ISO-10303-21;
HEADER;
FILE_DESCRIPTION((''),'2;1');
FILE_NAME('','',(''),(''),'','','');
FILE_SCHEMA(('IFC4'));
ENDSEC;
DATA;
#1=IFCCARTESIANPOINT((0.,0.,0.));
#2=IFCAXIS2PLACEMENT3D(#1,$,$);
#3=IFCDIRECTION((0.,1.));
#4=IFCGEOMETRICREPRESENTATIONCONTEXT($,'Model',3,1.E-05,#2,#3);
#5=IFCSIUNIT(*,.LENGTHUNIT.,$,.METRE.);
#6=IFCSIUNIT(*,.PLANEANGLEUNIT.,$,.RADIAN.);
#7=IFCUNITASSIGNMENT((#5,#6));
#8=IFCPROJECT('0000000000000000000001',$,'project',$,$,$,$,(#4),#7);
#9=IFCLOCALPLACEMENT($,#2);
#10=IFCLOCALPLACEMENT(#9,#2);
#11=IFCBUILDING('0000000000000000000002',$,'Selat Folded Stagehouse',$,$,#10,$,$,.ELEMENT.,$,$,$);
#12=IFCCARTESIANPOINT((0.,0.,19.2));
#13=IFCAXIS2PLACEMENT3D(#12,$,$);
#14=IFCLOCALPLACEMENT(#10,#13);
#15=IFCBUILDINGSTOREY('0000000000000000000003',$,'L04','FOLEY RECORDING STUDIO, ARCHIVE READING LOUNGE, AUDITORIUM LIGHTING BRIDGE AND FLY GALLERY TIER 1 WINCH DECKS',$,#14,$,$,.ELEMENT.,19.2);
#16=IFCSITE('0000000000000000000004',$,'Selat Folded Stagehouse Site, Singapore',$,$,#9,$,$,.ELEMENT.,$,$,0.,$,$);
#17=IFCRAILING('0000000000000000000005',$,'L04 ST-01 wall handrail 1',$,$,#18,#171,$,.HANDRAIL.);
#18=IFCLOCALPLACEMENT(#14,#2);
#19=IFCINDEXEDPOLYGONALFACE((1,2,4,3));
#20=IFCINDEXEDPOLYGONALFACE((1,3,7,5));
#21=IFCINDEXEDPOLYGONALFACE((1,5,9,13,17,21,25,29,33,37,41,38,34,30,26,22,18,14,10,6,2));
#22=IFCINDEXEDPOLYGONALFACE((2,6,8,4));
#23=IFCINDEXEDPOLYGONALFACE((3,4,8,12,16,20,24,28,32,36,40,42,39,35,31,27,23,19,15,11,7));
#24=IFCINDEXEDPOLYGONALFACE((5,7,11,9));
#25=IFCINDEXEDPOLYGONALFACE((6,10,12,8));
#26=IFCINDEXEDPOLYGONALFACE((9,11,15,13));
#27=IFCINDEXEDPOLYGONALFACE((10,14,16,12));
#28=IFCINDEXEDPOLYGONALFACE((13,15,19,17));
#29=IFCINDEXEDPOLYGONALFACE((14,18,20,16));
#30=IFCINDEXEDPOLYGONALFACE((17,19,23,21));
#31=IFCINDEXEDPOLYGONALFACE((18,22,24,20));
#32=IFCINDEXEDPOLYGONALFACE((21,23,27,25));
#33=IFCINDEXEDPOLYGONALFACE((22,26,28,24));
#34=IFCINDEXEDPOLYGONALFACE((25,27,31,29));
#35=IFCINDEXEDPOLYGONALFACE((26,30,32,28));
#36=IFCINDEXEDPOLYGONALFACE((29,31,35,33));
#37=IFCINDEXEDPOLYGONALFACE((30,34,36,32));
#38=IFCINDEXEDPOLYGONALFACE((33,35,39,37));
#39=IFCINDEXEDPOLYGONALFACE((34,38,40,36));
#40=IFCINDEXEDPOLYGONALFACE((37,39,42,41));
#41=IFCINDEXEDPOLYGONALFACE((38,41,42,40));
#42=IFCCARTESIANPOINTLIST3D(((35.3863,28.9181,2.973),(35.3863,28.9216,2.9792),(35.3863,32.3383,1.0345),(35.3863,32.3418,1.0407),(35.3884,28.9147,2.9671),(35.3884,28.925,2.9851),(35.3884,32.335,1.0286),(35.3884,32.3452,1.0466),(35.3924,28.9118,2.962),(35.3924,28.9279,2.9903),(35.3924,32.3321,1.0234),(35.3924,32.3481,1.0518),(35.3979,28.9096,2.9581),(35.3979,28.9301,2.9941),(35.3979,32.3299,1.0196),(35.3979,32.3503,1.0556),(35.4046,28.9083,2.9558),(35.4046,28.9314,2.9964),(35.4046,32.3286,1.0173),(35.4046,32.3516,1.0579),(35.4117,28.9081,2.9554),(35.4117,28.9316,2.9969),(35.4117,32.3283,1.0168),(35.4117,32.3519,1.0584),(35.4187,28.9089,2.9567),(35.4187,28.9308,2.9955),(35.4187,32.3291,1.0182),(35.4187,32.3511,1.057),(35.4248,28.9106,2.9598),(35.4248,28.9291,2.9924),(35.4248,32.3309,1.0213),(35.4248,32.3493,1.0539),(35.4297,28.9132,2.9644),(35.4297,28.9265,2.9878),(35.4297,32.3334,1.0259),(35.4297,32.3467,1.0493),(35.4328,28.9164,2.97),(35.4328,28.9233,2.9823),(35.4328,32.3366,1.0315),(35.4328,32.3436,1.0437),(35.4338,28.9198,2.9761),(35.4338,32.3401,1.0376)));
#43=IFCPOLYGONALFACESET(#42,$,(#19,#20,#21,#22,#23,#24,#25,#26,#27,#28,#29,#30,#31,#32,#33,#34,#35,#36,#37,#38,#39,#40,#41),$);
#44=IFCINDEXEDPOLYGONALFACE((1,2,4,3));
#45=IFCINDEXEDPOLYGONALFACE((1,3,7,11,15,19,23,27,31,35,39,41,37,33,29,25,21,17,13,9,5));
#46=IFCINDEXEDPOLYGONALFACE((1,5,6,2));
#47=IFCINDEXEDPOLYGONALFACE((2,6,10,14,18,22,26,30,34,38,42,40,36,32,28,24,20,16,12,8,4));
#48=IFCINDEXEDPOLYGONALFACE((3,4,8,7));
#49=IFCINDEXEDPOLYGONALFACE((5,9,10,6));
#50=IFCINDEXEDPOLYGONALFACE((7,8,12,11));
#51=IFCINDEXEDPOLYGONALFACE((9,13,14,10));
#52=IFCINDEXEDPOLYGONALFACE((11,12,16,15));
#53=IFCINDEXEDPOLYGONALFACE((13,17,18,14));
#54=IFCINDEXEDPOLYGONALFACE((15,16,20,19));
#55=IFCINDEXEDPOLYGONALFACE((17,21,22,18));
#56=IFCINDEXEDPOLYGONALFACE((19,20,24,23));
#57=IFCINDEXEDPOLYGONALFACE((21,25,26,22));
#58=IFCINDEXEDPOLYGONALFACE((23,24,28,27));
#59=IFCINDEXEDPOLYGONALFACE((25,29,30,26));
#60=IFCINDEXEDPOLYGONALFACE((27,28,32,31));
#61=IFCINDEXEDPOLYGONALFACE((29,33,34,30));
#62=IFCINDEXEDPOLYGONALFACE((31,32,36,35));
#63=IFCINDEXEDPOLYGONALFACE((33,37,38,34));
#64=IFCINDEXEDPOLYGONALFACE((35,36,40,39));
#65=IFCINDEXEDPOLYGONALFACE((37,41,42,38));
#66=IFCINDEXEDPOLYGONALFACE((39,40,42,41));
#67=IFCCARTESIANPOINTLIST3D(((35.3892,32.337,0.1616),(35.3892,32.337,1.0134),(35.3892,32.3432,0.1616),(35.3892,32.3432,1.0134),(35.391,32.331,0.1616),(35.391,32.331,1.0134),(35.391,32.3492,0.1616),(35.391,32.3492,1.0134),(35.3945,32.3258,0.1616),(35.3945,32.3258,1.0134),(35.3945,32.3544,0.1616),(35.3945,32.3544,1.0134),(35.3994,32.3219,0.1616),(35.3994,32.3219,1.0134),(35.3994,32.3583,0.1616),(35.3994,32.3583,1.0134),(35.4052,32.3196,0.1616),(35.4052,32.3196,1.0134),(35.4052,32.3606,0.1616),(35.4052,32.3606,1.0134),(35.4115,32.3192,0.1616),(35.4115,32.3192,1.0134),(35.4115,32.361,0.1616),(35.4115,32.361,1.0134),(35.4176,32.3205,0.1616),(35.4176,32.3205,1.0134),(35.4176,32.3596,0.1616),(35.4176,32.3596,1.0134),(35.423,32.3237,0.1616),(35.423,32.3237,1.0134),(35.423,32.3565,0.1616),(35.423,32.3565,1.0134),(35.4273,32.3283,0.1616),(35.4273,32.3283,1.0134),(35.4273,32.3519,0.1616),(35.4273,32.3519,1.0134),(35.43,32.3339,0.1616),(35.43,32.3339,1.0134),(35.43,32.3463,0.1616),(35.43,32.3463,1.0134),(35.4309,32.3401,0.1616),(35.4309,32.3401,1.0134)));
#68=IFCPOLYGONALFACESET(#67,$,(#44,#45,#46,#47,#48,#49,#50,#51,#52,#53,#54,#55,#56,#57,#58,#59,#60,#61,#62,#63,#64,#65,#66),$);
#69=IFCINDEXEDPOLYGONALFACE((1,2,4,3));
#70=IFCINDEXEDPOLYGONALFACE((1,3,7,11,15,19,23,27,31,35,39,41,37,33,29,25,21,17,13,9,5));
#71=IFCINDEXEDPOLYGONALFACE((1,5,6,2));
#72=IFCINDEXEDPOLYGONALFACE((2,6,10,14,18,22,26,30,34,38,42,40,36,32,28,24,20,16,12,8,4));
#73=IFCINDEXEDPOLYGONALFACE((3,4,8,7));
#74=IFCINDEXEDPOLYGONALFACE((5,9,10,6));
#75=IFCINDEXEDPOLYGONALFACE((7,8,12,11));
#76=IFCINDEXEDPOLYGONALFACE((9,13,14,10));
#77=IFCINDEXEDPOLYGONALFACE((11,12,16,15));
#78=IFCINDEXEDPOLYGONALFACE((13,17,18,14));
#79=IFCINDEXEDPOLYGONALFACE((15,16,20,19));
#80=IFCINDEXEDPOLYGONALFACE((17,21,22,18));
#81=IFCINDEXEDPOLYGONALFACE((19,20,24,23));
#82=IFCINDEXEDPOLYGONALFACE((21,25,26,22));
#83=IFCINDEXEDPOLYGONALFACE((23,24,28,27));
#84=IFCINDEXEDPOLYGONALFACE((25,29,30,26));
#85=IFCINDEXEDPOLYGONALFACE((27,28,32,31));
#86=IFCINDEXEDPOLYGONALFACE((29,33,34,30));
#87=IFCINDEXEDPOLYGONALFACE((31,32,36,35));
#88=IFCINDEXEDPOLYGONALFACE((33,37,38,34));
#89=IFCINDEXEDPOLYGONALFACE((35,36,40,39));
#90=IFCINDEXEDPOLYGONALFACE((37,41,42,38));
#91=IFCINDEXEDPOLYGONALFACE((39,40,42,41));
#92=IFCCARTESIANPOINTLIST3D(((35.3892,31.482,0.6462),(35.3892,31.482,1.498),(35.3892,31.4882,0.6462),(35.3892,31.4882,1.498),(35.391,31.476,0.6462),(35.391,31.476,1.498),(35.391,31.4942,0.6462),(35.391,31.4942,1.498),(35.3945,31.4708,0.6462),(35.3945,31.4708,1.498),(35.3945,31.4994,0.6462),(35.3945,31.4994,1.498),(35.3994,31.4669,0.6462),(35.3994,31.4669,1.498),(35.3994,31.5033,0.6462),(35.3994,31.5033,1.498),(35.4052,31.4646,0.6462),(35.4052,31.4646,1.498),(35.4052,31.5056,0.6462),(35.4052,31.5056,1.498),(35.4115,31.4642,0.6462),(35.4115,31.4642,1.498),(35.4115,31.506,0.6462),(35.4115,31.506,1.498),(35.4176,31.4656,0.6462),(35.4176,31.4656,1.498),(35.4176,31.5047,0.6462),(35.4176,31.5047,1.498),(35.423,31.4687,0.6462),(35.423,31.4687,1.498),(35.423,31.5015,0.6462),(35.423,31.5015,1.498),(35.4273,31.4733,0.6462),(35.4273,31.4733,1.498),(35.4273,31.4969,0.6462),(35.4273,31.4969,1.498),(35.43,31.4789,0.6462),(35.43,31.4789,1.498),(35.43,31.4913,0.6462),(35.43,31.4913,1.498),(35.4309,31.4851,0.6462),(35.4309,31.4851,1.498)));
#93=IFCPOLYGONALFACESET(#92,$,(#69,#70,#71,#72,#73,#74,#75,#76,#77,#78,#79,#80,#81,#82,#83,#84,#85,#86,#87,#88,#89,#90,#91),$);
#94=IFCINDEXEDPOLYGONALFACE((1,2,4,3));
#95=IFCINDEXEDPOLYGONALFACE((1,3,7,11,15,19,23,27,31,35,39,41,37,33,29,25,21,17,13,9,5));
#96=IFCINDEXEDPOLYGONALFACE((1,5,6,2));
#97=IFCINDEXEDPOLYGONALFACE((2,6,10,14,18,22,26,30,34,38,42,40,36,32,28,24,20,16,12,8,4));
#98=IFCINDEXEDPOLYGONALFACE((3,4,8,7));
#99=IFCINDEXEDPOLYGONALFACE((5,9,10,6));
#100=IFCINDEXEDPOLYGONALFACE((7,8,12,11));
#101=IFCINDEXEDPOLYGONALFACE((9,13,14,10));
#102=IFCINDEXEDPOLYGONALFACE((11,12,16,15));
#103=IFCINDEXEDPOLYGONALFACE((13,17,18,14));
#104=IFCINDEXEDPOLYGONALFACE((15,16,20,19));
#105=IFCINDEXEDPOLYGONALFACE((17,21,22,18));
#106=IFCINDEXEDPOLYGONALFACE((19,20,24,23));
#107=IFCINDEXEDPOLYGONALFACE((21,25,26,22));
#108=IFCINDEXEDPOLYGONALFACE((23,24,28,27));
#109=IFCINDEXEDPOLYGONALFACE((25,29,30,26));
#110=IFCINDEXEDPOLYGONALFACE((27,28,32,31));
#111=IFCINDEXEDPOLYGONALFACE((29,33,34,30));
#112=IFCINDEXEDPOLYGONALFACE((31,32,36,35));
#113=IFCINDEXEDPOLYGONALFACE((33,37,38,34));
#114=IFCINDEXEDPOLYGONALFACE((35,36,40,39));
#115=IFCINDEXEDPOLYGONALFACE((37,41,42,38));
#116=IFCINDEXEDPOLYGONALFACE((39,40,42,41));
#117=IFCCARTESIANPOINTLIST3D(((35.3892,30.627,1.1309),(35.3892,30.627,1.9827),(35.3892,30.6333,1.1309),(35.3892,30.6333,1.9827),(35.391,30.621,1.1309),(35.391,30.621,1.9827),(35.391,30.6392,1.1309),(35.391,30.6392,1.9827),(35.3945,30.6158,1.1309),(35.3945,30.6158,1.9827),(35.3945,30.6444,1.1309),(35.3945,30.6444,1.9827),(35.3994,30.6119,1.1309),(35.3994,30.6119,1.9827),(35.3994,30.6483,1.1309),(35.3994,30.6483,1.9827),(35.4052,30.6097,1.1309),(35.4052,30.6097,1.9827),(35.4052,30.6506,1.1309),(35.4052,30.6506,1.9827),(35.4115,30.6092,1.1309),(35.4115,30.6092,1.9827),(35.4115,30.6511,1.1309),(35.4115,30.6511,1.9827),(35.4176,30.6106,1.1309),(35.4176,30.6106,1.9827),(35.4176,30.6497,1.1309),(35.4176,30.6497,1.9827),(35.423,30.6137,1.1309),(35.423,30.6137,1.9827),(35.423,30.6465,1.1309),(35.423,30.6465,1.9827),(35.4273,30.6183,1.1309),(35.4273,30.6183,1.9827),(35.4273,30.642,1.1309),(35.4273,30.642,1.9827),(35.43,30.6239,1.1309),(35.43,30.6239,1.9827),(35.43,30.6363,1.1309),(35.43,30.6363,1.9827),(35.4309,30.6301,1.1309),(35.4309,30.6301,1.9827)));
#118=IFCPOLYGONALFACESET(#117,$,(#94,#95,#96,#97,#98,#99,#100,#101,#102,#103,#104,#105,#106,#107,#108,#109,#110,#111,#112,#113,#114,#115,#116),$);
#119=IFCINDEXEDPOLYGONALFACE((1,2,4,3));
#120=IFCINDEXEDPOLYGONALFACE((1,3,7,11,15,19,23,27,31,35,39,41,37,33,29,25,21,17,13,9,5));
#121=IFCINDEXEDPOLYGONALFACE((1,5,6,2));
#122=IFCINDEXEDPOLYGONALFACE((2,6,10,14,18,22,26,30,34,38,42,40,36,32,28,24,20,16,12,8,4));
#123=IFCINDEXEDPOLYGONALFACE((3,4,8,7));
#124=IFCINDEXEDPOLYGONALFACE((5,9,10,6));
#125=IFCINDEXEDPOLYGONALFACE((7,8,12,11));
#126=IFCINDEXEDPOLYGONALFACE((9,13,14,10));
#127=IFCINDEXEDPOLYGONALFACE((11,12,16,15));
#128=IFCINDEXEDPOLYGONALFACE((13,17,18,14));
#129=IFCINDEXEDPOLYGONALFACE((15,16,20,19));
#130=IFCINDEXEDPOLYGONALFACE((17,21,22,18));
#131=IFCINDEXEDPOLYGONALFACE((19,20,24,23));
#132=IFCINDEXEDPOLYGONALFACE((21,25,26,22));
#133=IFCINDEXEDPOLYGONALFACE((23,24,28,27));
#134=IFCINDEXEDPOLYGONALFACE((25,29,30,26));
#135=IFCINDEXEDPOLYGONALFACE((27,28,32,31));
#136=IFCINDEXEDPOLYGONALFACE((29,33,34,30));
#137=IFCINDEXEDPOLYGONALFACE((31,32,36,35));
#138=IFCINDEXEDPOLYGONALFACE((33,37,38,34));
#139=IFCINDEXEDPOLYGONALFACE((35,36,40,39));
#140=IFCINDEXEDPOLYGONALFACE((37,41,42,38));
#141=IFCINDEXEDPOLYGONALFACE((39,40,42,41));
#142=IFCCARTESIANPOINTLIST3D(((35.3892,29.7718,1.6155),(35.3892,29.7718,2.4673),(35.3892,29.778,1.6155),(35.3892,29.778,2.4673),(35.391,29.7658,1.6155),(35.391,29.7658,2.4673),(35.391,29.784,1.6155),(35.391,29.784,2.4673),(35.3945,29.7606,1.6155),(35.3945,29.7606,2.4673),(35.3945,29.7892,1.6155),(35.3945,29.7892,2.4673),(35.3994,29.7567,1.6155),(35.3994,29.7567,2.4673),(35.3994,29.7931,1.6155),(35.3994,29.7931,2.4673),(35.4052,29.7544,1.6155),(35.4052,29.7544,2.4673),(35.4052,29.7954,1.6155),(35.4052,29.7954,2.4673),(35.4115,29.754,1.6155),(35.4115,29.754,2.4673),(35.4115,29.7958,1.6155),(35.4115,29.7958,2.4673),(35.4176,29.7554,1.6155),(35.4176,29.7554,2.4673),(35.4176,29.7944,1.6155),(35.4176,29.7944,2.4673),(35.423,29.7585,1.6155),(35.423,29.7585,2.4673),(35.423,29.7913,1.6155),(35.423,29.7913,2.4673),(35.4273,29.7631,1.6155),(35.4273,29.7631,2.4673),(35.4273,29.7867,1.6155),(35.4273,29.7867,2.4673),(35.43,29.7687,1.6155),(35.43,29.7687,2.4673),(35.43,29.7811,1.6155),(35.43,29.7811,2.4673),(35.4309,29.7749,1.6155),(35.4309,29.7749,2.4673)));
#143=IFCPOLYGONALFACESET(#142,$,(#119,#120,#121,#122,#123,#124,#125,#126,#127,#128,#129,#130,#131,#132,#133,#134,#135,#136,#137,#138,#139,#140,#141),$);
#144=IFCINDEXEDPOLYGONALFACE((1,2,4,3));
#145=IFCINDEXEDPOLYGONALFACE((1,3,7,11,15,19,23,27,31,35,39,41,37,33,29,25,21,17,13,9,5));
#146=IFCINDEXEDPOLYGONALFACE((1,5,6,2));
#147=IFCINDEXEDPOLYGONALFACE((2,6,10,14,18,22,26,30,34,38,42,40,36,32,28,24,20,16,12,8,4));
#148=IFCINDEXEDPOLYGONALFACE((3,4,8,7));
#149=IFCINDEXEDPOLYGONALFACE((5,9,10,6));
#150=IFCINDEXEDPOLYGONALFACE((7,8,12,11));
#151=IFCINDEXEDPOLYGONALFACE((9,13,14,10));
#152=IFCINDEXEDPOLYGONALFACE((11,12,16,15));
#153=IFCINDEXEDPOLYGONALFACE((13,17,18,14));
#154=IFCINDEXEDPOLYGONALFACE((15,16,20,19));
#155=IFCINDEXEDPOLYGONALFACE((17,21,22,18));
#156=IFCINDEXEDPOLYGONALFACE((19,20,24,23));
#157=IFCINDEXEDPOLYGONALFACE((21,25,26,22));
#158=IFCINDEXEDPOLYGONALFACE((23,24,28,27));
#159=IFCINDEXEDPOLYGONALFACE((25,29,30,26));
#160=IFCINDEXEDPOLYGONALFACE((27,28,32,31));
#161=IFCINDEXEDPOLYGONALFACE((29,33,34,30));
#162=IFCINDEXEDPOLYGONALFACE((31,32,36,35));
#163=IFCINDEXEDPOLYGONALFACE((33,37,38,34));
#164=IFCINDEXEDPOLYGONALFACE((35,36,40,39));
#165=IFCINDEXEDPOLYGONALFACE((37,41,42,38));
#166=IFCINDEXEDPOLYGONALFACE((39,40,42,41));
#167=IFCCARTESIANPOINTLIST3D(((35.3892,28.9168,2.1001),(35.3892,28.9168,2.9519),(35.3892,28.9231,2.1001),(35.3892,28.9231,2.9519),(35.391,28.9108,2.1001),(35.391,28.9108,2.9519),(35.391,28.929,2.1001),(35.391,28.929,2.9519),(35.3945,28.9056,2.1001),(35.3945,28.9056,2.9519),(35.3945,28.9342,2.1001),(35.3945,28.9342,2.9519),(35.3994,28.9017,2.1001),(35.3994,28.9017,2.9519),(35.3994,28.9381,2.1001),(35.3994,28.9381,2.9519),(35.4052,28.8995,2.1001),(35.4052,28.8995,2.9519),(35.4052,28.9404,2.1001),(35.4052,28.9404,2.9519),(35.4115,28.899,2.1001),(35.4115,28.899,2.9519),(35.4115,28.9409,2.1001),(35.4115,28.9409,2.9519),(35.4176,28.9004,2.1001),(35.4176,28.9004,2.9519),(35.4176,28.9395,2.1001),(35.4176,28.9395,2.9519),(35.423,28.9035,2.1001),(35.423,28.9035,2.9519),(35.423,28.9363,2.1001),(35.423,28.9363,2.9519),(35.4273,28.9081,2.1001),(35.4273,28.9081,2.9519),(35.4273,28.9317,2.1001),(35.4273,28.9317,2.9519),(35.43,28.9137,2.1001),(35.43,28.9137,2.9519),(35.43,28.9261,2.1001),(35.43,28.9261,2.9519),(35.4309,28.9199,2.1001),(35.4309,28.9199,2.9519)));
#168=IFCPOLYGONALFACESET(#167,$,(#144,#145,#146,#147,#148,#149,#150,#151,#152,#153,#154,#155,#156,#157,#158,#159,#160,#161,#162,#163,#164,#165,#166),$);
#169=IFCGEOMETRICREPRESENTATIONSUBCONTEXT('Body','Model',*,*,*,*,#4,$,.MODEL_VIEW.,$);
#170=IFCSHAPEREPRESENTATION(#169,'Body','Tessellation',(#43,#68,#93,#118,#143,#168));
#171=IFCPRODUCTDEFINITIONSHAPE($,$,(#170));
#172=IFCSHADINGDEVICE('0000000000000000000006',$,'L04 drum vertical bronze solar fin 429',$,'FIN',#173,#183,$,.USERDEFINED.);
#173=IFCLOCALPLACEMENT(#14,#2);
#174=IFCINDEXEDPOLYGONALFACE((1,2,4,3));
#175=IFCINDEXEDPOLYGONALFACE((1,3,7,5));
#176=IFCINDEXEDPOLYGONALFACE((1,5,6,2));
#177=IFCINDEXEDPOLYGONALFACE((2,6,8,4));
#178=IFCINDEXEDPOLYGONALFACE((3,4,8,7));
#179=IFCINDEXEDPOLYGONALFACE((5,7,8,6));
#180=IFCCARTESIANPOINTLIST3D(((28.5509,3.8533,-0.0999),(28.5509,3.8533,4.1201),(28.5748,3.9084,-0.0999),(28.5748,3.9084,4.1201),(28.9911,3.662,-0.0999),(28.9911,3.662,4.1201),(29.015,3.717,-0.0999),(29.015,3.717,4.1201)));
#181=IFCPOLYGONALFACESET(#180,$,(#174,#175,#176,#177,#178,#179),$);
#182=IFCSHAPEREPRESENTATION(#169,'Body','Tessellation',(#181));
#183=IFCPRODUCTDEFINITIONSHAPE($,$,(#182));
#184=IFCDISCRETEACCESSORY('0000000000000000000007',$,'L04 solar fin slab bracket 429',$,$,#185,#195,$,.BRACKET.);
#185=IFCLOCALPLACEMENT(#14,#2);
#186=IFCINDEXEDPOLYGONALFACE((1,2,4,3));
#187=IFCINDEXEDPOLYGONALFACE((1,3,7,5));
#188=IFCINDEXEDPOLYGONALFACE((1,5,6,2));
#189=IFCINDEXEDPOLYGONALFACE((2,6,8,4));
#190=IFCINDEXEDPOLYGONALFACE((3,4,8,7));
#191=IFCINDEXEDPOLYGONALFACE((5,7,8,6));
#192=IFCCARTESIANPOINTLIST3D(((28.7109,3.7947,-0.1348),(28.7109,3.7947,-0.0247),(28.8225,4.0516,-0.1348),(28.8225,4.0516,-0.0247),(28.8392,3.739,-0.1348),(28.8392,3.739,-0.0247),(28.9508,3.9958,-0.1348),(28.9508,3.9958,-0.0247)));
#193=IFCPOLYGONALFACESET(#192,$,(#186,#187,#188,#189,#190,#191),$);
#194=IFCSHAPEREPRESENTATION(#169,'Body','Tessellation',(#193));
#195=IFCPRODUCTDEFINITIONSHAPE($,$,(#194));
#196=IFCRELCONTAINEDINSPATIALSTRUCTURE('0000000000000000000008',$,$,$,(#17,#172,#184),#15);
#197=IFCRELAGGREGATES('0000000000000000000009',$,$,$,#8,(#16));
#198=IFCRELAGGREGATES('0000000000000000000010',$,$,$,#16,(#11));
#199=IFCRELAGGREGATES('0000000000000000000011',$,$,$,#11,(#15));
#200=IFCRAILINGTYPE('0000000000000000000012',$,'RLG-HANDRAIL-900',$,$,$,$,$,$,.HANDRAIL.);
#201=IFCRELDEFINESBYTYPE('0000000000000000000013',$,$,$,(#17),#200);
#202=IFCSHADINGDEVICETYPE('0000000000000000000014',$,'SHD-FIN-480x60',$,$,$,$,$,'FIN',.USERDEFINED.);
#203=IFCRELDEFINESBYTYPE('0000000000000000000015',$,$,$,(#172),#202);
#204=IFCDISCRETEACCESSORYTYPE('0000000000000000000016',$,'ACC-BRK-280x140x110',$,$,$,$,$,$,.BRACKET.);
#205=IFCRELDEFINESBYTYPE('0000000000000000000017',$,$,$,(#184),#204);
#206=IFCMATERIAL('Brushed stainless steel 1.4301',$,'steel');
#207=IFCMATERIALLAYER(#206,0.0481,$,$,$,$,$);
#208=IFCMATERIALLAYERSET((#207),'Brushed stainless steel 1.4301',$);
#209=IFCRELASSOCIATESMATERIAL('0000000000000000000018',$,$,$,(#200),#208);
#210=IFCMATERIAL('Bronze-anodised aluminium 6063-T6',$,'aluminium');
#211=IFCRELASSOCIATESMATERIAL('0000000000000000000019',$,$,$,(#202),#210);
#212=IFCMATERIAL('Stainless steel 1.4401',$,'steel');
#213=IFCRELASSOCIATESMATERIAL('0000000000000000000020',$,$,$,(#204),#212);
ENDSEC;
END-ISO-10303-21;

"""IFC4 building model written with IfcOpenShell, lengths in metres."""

from ifc_helpers import new_model, si_unit, direction, frame, origin, origin_2d, place, context, subcontext, project, spatial, rectangle, circle, extrude, material, layer, layer_set, material_profile, profile_set, type_object, element, save


model = new_model("IFC4")

# Units and contexts
model_context = context("Model", 3, precision=1e-05, world=origin(), true_north=direction((0.0, 1.0)))
body_context = subcontext(model_context, "Body", "Model", "MODEL_VIEW")
ifc_project = project(units=[si_unit("LENGTHUNIT", "METRE"), si_unit("PLANEANGLEUNIT", "RADIAN")], contexts=[model_context])

# Site, building, storey
site_placement = place(None, origin())
site = spatial("IfcSite", under=ifc_project, at=site_placement, Name="Selat Folded Stagehouse Site, Singapore", CompositionType="ELEMENT", RefElevation=0.0)
building_placement = place(site_placement, origin())
building = spatial("IfcBuilding", under=site, at=building_placement, Name="Selat Folded Stagehouse", CompositionType="ELEMENT")
storey_placement = place(building_placement, frame((0.0, 0.0, 19.2)))
storey = spatial("IfcBuildingStorey", under=building, at=storey_placement, Name="L04", Description="FOLEY RECORDING STUDIO, ARCHIVE READING LOUNGE, AUDITORIUM LIGHTING BRIDGE AND FLY GALLERY TIER 1 WINCH DECKS", CompositionType="ELEMENT", Elevation=19.2)

# Railing
ifc_material_1 = material(Name="Brushed stainless steel 1.4301", Category="steel")
ifc_layer_1 = layer(ifc_material_1, 0.0481)
ifc_layer_set_1 = layer_set([ifc_layer_1], Name="Brushed stainless steel 1.4301")
railing_type_1 = type_object("IfcRailingType", Name="RLG-HANDRAIL-900", PredefinedType="HANDRAIL", material=ifc_layer_set_1)
railing_1_placement = place(storey_placement, frame((35.4099, 32.3401, 0.1616)))
element("IfcRailing", 1, at=railing_1_placement, inside=storey, type_object=railing_type_1, Name="L04 ST-01 wall handrail 1", PredefinedType="HANDRAIL", context=body_context, shape_type="SweptSolid", body=[
    extrude(circle(Radius=0.0239, at=origin_2d()), frame((0.0, 0.0, 0.876), z_axis=(0.0, -0.86998, 0.493086), x_axis=(1.0, 0.0, 0.0)), (0.0, 0.0, 1.0), 3.9314),
    extrude(circle(Radius=0.021, at=origin_2d()), origin(), (0.0, 0.0, 1.0), 0.8518),
    extrude(circle(Radius=0.021, at=origin_2d()), frame((0.0, -0.855, 0.4846)), (0.0, 0.0, 1.0), 0.8518),
    extrude(circle(Radius=0.021, at=origin_2d()), frame((0.0, -1.71, 0.9692)), (0.0, 0.0, 1.0), 0.8518),
    extrude(circle(Radius=0.021, at=origin_2d()), frame((0.0, -2.5652, 1.4539)), (0.0, 0.0, 1.0), 0.8518),
    extrude(circle(Radius=0.021, at=origin_2d()), frame((0.0, -3.4202, 1.9385)), (0.0, 0.0, 1.0), 0.8518),
])

# Shading device
ifc_material_2 = material(Name="Bronze-anodised aluminium 6063-T6", Category="aluminium")
ifc_material_profile_1 = material_profile(ifc_material_2, rectangle(XDim=0.0601, YDim=0.48, at=origin_2d()), Name="SOLAR-FIN 480x60")
ifc_profile_set_1 = profile_set([ifc_material_profile_1], Name="Bronze-anodised aluminium 6063-T6")
shading_device_type = type_object("IfcShadingDeviceType", Name="SHD-FIN-480x60", ElementType="FIN", PredefinedType="USERDEFINED", material=ifc_profile_set_1)
shading_device_placement = place(storey_placement, frame((28.783, 3.7852, -0.0999), z_axis=(0.0, 0.0, 1.0), x_axis=(-0.398589, -0.91713, 0.0)))
element("IfcShadingDevice", 2, at=shading_device_placement, inside=storey, type_object=shading_device_type, Name="L04 drum vertical bronze solar fin 429", ObjectType="FIN", PredefinedType="USERDEFINED", context=body_context, shape_type="SweptSolid", body=[
    extrude(rectangle(XDim=0.0601, YDim=0.48, at=origin_2d()), origin(), (0.0, 0.0, 1.0), 4.22),
])

# Discrete accessory
ifc_material_3 = material(Name="Stainless steel 1.4401", Category="steel")
discrete_accessory_type = type_object("IfcDiscreteAccessoryType", Name="ACC-BRK-280x140x110", PredefinedType="BRACKET", material=ifc_material_3)
discrete_accessory_placement = place(storey_placement, frame((28.8308, 3.8953, -0.1348), z_axis=(0.0, 0.0, 1.0), x_axis=(-0.398589, -0.91713, 0.0)))
element("IfcDiscreteAccessory", 3, at=discrete_accessory_placement, inside=storey, type_object=discrete_accessory_type, Name="L04 solar fin slab bracket 429", PredefinedType="BRACKET", context=body_context, shape_type="SweptSolid", body=[
    extrude(rectangle(XDim=0.28, YDim=0.1399, at=origin_2d()), origin(), (0.0, 0.0, 1.0), 0.1101),
])

save(model, "model.ifc")
